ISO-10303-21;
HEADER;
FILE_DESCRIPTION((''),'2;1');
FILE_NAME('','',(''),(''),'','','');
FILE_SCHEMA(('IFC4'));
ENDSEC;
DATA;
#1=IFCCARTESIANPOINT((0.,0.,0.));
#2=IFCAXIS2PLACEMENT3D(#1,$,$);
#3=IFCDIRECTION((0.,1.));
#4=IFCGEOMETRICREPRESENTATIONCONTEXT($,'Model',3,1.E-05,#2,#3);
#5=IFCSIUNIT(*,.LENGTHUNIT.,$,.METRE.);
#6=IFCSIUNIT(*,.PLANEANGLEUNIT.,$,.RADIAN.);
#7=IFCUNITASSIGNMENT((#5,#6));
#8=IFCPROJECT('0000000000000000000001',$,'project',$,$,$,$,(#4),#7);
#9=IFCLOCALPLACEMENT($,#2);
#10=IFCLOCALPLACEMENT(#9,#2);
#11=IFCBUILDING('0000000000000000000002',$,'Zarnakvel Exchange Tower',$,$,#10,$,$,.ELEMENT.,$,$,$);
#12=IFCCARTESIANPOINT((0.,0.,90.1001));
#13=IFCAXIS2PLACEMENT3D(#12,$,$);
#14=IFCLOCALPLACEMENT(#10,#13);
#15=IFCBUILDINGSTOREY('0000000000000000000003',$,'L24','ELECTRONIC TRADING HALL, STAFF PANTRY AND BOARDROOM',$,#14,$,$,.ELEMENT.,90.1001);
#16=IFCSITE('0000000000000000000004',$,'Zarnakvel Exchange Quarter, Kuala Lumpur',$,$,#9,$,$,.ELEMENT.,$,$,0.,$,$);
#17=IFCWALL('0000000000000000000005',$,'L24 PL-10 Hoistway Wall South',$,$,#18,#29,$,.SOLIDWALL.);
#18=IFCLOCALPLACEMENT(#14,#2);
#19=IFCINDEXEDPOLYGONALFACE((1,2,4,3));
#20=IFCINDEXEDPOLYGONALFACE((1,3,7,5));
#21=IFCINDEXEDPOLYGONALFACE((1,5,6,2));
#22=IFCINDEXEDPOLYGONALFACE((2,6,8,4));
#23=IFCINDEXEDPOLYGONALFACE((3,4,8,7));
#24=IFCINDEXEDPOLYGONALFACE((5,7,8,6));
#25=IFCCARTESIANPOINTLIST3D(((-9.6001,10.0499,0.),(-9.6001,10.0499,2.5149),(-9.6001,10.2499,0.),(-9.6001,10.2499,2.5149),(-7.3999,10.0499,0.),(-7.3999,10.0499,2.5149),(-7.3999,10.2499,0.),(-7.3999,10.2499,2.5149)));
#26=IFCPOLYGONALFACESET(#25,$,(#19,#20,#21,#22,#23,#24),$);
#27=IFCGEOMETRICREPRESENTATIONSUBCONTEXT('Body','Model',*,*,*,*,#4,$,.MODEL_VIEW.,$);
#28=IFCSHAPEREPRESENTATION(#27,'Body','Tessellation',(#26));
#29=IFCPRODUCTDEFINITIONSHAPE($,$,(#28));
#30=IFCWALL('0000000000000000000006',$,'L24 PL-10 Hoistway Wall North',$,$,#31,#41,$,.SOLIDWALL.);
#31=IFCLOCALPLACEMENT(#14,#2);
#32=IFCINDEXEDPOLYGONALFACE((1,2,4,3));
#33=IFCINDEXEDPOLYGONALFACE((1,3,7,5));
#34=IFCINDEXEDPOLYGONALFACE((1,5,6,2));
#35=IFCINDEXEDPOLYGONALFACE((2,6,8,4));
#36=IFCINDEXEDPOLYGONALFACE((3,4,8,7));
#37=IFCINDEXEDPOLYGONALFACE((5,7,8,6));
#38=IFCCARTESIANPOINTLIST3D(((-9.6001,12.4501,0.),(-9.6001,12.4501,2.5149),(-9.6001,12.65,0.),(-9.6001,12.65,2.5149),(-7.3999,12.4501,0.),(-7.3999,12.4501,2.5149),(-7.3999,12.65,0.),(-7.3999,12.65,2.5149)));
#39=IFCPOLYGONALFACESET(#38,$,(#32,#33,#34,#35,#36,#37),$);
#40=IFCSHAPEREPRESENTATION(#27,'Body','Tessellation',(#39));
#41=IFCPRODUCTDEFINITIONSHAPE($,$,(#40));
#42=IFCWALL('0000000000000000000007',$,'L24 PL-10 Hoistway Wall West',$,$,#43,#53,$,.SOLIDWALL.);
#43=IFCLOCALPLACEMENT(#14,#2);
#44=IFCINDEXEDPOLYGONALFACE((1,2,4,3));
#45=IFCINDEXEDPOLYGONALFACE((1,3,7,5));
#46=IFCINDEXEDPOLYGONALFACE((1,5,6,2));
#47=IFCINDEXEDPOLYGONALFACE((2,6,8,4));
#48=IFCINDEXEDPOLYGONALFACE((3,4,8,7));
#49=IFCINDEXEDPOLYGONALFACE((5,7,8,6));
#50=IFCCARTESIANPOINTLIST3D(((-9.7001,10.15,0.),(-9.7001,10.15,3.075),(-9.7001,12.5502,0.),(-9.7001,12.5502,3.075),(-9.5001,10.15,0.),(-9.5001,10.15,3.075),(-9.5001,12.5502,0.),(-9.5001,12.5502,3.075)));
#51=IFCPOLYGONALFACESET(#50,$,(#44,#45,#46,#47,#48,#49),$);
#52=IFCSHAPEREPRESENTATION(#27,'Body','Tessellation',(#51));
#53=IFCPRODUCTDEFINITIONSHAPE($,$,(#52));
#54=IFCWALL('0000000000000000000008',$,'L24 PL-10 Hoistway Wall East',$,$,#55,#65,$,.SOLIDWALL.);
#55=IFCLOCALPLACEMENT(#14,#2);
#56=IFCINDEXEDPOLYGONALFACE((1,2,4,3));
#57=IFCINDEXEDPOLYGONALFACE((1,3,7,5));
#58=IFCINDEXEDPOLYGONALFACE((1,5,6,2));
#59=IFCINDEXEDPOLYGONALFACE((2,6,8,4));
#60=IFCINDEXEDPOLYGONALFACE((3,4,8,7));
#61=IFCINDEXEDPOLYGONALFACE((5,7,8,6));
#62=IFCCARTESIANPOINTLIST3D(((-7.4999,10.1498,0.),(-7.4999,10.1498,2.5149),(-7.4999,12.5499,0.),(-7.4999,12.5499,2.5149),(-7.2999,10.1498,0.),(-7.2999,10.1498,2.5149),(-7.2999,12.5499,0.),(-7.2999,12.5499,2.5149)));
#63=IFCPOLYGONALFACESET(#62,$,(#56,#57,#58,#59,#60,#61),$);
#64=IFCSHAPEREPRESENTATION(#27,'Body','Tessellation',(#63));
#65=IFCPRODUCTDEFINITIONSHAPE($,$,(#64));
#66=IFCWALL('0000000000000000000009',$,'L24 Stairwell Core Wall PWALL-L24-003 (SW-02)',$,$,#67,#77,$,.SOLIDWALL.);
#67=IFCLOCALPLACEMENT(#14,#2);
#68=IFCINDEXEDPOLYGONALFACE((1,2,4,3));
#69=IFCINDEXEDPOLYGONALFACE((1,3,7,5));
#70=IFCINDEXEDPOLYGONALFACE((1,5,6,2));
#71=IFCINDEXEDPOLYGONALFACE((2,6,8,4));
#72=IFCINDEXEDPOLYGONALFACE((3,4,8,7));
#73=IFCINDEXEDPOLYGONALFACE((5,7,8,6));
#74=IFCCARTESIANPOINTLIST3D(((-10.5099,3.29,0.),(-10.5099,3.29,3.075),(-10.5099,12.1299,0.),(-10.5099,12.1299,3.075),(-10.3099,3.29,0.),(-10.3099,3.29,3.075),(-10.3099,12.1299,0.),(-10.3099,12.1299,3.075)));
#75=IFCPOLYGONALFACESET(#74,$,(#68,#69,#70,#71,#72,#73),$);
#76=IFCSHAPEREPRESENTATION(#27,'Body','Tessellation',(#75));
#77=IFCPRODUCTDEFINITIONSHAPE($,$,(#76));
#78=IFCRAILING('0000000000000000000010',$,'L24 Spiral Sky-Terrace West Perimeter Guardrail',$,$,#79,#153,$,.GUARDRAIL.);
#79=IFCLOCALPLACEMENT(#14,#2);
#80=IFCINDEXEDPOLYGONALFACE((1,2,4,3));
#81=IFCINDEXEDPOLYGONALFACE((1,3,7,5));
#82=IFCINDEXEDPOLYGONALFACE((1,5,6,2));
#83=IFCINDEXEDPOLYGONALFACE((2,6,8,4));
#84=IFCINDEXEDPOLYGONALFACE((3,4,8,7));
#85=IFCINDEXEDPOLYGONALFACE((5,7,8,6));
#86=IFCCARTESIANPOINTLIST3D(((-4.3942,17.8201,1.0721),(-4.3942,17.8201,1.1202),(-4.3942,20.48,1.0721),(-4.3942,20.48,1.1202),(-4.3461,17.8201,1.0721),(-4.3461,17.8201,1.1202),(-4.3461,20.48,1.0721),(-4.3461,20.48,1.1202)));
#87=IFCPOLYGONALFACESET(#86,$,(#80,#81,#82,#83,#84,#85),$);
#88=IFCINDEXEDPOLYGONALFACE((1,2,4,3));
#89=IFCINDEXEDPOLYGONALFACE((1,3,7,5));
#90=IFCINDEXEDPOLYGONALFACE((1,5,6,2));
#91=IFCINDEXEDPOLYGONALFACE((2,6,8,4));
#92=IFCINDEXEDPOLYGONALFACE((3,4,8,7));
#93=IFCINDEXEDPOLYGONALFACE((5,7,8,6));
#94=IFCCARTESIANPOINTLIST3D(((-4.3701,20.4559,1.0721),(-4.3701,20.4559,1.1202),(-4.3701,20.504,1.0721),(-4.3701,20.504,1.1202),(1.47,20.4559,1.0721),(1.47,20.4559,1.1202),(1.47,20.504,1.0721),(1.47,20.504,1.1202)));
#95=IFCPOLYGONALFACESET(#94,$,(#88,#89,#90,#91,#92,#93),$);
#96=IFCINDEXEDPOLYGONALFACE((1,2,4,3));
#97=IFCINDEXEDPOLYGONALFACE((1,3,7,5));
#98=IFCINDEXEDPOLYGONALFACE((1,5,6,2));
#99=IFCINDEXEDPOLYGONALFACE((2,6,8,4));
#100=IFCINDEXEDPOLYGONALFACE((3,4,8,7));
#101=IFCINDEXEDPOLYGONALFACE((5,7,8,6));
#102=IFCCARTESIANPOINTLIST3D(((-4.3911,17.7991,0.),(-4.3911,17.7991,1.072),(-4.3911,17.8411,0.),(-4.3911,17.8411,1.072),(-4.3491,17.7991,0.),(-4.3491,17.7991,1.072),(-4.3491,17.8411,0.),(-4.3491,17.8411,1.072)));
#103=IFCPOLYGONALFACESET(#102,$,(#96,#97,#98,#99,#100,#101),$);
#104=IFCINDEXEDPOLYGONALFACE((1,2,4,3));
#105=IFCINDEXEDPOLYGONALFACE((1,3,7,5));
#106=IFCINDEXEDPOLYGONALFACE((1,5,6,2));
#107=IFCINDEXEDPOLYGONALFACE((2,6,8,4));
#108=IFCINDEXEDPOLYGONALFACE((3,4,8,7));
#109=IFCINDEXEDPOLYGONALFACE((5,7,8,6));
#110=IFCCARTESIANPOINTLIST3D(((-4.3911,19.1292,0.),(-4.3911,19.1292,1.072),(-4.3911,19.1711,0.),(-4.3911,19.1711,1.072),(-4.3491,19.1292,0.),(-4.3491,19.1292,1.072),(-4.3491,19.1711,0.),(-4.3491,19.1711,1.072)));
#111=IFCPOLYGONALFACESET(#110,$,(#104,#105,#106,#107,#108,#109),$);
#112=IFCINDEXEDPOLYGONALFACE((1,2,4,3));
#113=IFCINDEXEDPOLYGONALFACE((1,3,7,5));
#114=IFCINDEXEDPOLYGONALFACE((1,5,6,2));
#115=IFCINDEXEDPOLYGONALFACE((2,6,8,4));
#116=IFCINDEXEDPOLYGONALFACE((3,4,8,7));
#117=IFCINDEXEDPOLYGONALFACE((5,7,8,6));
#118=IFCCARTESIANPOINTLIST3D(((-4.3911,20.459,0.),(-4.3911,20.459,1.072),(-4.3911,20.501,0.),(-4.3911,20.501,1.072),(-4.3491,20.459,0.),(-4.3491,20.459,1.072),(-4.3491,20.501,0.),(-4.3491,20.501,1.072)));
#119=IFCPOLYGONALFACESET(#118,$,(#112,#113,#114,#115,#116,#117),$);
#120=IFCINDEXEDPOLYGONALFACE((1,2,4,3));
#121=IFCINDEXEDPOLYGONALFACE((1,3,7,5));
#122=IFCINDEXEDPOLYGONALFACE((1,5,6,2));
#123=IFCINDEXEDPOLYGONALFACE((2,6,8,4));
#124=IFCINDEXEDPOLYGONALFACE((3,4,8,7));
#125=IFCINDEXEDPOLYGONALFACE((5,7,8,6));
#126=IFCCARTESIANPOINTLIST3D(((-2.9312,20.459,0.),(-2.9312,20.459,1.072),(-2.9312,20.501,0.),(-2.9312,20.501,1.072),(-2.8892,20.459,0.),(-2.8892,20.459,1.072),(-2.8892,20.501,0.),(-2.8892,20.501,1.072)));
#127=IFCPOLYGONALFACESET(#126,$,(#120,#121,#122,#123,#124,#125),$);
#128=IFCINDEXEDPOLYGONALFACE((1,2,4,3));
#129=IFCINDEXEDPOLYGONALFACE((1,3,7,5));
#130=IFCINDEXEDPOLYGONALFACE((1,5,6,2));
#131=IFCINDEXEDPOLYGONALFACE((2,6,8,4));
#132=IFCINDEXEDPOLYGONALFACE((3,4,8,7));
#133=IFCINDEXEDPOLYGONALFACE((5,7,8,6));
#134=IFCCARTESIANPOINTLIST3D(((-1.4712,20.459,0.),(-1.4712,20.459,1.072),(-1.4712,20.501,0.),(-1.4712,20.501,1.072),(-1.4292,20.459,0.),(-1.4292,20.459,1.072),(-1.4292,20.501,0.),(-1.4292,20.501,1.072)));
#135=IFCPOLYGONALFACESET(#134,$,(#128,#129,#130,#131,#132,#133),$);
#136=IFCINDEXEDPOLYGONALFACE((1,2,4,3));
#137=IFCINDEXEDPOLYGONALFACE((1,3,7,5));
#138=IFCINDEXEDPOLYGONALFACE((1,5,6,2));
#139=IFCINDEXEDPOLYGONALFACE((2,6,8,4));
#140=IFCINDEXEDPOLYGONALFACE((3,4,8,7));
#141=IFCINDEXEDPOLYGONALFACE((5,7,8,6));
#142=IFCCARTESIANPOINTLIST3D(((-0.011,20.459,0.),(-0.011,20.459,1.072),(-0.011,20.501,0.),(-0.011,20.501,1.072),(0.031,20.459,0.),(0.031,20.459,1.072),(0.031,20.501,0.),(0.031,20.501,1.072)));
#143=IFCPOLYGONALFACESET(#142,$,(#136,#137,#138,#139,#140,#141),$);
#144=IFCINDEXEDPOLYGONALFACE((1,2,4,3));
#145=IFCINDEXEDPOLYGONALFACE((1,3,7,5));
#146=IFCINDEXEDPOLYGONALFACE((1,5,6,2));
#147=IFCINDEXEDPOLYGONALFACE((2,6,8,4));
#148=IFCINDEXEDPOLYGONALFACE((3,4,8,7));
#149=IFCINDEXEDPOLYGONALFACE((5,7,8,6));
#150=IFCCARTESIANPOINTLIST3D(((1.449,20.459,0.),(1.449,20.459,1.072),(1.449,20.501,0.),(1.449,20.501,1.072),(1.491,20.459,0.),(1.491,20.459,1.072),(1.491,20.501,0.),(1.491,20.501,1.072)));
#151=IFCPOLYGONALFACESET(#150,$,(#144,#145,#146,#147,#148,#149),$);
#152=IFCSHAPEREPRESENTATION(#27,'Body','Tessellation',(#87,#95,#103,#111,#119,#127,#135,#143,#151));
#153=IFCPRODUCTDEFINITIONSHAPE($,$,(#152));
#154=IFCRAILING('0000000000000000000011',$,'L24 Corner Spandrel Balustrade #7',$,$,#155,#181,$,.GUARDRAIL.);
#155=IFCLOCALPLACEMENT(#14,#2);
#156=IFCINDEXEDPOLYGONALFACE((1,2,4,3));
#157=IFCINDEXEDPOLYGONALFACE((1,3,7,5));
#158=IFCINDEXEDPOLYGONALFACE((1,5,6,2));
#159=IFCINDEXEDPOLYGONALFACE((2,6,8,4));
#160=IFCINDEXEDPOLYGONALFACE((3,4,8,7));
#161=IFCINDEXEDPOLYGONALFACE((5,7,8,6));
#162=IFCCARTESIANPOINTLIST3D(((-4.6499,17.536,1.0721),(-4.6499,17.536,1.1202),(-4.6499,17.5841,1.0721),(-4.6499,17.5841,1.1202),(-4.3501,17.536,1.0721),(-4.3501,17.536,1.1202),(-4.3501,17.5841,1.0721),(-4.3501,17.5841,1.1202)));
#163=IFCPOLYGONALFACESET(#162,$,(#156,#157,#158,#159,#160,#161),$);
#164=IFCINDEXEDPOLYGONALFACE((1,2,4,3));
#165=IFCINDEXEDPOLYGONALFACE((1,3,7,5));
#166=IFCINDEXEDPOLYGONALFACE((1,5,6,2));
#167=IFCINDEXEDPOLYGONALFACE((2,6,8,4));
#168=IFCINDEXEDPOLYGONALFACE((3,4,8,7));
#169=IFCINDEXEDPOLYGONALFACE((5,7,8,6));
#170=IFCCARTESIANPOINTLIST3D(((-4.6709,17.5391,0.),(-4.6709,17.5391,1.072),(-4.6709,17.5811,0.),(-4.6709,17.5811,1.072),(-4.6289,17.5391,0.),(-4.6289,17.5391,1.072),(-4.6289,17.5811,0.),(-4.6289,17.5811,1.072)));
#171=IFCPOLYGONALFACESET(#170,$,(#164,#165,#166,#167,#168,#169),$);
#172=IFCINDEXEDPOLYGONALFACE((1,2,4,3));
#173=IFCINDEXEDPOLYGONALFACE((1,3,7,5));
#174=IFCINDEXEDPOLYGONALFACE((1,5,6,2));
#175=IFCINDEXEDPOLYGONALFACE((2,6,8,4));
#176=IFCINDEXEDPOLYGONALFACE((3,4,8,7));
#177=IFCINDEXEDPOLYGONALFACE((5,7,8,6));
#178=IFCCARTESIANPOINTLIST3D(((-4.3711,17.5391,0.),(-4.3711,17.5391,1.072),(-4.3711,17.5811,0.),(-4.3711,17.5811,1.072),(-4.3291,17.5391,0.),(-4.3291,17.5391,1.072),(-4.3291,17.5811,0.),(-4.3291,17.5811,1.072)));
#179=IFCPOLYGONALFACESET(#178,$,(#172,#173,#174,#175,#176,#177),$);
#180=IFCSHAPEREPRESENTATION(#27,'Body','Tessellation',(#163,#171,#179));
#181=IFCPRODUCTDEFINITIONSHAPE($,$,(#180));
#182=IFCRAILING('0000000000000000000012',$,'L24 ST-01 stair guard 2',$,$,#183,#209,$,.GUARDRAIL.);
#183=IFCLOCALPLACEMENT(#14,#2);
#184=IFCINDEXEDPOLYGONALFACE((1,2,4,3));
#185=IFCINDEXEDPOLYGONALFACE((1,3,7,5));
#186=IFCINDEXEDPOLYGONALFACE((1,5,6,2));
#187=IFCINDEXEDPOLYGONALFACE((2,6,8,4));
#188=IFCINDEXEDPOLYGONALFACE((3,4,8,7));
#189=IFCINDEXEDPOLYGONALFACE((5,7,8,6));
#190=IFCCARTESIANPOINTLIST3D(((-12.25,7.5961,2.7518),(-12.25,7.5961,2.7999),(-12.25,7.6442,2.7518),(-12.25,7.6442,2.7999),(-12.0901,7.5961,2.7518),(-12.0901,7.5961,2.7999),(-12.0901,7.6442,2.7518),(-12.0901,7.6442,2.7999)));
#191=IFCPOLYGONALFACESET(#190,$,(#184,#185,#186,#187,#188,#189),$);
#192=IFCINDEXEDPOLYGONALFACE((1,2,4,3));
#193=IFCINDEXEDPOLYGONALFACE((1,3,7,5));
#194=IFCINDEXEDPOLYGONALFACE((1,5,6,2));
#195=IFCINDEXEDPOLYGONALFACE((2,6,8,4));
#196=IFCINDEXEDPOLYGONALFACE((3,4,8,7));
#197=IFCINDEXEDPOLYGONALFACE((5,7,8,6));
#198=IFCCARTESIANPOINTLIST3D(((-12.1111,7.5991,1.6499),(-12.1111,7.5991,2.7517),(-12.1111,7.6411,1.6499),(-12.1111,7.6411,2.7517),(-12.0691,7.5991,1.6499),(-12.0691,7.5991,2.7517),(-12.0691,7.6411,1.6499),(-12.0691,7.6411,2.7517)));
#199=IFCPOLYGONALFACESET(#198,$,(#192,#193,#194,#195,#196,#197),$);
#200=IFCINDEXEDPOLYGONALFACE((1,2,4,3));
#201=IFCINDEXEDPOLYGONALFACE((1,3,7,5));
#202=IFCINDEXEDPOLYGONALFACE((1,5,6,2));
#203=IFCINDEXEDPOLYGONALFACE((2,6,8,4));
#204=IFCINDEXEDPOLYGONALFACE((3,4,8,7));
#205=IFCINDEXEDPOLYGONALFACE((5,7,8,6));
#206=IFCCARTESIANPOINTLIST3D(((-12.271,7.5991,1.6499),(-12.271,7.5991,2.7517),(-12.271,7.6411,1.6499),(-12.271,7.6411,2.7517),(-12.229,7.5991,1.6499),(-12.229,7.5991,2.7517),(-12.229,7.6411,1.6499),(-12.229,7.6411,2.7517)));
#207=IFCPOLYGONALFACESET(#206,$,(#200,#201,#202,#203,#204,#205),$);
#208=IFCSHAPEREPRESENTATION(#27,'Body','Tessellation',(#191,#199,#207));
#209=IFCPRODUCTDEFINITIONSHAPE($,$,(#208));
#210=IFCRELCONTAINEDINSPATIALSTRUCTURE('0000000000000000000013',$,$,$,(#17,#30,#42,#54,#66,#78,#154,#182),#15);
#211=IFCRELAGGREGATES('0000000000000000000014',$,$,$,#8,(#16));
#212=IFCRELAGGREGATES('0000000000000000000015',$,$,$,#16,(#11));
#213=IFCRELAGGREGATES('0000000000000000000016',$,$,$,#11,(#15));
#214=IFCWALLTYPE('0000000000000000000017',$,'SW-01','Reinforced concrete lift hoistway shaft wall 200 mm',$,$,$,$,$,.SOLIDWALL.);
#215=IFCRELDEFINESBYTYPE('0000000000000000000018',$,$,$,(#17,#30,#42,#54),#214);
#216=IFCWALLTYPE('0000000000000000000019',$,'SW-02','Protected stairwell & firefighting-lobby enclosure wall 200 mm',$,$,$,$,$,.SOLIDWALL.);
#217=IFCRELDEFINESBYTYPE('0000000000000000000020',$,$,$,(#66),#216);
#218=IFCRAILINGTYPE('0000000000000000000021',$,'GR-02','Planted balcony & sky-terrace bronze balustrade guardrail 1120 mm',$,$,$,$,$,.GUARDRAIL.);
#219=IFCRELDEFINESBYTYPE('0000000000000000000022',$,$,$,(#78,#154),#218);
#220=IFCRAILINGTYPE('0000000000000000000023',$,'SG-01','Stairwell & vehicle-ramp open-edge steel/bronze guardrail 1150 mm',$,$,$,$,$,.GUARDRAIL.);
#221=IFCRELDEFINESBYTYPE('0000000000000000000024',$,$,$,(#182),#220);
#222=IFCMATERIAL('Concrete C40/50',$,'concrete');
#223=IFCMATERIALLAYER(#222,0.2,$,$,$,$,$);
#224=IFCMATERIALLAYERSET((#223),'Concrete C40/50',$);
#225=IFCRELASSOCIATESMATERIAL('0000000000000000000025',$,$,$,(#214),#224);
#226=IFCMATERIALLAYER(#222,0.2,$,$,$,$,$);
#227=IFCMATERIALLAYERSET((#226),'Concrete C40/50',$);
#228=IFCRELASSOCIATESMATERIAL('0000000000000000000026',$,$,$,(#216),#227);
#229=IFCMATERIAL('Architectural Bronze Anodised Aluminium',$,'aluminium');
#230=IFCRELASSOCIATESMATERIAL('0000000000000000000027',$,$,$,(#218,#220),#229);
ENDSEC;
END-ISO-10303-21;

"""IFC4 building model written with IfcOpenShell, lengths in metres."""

from ifc_helpers import new_model, si_unit, direction, frame, frame_2d, origin, origin_2d, place, context, subcontext, project, spatial, rectangle, extrude, material, layer, layer_set, type_object, element, save


model = new_model("IFC4")

# Units and contexts
model_context = context("Model", 3, precision=1e-05, world=origin(), true_north=direction((0.0, 1.0)))
body_context = subcontext(model_context, "Body", "Model", "MODEL_VIEW")
ifc_project = project(units=[si_unit("LENGTHUNIT", "METRE"), si_unit("PLANEANGLEUNIT", "RADIAN")], contexts=[model_context])

# Site, building, storey
site_placement = place(None, origin())
site = spatial("IfcSite", under=ifc_project, at=site_placement, Name="Zarnakvel Exchange Quarter, Kuala Lumpur", CompositionType="ELEMENT", RefElevation=0.0)
building_placement = place(site_placement, origin())
building = spatial("IfcBuilding", under=site, at=building_placement, Name="Zarnakvel Exchange Tower", CompositionType="ELEMENT")
storey_placement = place(building_placement, frame((0.0, 0.0, 90.1001)))
storey = spatial("IfcBuildingStorey", under=building, at=storey_placement, Name="L24", Description="ELECTRONIC TRADING HALL, STAFF PANTRY AND BOARDROOM", CompositionType="ELEMENT", Elevation=90.1001)

# Shared definitions
ifc_material_1 = material(Name="Architectural Bronze Anodised Aluminium", Category="aluminium")

# Walls
ifc_material_2 = material(Name="Concrete C40/50", Category="concrete")
ifc_layer_1 = layer(ifc_material_2, 0.2)
ifc_layer_set_1 = layer_set([ifc_layer_1], Name="Concrete C40/50")
wall_type_1 = type_object("IfcWallType", Name="SW-01", Description="Reinforced concrete lift hoistway shaft wall 200 mm", PredefinedType="SOLIDWALL", material=ifc_layer_set_1)
for number, where, z_axis, x_axis, name in (
    (1, (-7.3999, 10.1499, 0.0), (0.0, 0.0, 1.0), (-1.0, 0.0, 0.0), "L24 PL-10 Hoistway Wall South"),
    (2, (-9.6001, 12.55, 0.0), (0.0, 0.0, 1.0), (1.0, 0.0, 0.0), "L24 PL-10 Hoistway Wall North"),
):
    element("IfcWall", number, at=place(storey_placement, frame(where, z_axis=z_axis, x_axis=x_axis)), inside=storey, type_object=wall_type_1, Name=name, PredefinedType="SOLIDWALL", context=body_context, shape_type="SweptSolid", body=[
        extrude(rectangle(XDim=2.2002, YDim=0.2, at=frame_2d((1.1001, 0.0))), origin(), (0.0, 0.0, 1.0), 2.5149),
    ])
wall_1_placement = place(storey_placement, frame((-9.6001, 10.1499, 0.0), z_axis=(0.0, 0.0, 1.0), x_axis=(0.0, 1.0, 0.0)))
element("IfcWall", 3, at=wall_1_placement, inside=storey, type_object=wall_type_1, Name="L24 PL-10 Hoistway Wall West", PredefinedType="SOLIDWALL", context=body_context, shape_type="SweptSolid", body=[
    extrude(rectangle(XDim=2.4001, YDim=0.2, at=frame_2d((1.2002, 0.0))), origin(), (0.0, 0.0, 1.0), 3.075),
])
wall_2_placement = place(storey_placement, frame((-7.3999, 12.55, 0.0), z_axis=(0.0, 0.0, 1.0), x_axis=(0.0, -1.0, 0.0)))
element("IfcWall", 4, at=wall_2_placement, inside=storey, type_object=wall_type_1, Name="L24 PL-10 Hoistway Wall East", PredefinedType="SOLIDWALL", context=body_context, shape_type="SweptSolid", body=[
    extrude(rectangle(XDim=2.4001, YDim=0.2, at=frame_2d((1.2002, 0.0))), origin(), (0.0, 0.0, 1.0), 2.5149),
])
ifc_layer_2 = layer(ifc_material_2, 0.2)
ifc_layer_set_2 = layer_set([ifc_layer_2], Name="Concrete C40/50")
wall_type_2 = type_object("IfcWallType", Name="SW-02", Description="Protected stairwell & firefighting-lobby enclosure wall 200 mm", PredefinedType="SOLIDWALL", material=ifc_layer_set_2)
wall_3_placement = place(storey_placement, frame((-10.4099, 12.1299, 0.0), z_axis=(0.0, 0.0, 1.0), x_axis=(0.0, -1.0, 0.0)))
element("IfcWall", 5, at=wall_3_placement, inside=storey, type_object=wall_type_2, Name="L24 Stairwell Core Wall PWALL-L24-003 (SW-02)", PredefinedType="SOLIDWALL", context=body_context, shape_type="SweptSolid", body=[
    extrude(rectangle(XDim=8.8398, YDim=0.2, at=frame_2d((4.4199, 0.0))), origin(), (0.0, 0.0, 1.0), 3.075),
])

# Railings
railing_type_1 = type_object("IfcRailingType", Name="GR-02", Description="Planted balcony & sky-terrace bronze balustrade guardrail 1120 mm", PredefinedType="GUARDRAIL", material=ifc_material_1)
railing_1_placement = place(storey_placement, frame((-4.3701, 17.8201, 0.0)))
element("IfcRailing", 6, at=railing_1_placement, inside=storey, type_object=railing_type_1, Name="L24 Spiral Sky-Terrace West Perimeter Guardrail", PredefinedType="GUARDRAIL", context=body_context, shape_type="SweptSolid", body=[
    extrude(rectangle(XDim=0.0481, YDim=0.0481, at=origin_2d()), frame((0.0, 0.0, 1.0962), z_axis=(0.0, 1.0, 0.0), x_axis=(-1.0, 0.0, 0.0)), (0.0, 0.0, 1.0), 2.6599),
    extrude(rectangle(XDim=0.0481, YDim=0.0481, at=origin_2d()), frame((0.0, 2.6599, 1.0962), z_axis=(1.0, 0.0, 0.0), x_axis=(0.0, 1.0, 0.0)), (0.0, 0.0, 1.0), 5.8401),
    extrude(rectangle(XDim=0.042, YDim=0.042, at=origin_2d()), origin(), (0.0, 0.0, 1.0), 1.072),
    extrude(rectangle(XDim=0.042, YDim=0.042, at=origin_2d()), frame((0.0, 1.3301, 0.0)), (0.0, 0.0, 1.0), 1.072),
    extrude(rectangle(XDim=0.042, YDim=0.042, at=origin_2d()), frame((0.0, 2.6599, 0.0)), (0.0, 0.0, 1.0), 1.072),
    extrude(rectangle(XDim=0.042, YDim=0.042, at=origin_2d()), frame((1.46, 2.6599, 0.0)), (0.0, 0.0, 1.0), 1.072),
    extrude(rectangle(XDim=0.042, YDim=0.042, at=origin_2d()), frame((2.9199, 2.6599, 0.0)), (0.0, 0.0, 1.0), 1.072),
    extrude(rectangle(XDim=0.042, YDim=0.042, at=origin_2d()), frame((4.3801, 2.6599, 0.0)), (0.0, 0.0, 1.0), 1.072),
    extrude(rectangle(XDim=0.042, YDim=0.042, at=origin_2d()), frame((5.8401, 2.6599, 0.0)), (0.0, 0.0, 1.0), 1.072),
])
railing_2_placement = place(storey_placement, frame((-4.6499, 17.5601, 0.0)))
element("IfcRailing", 7, at=railing_2_placement, inside=storey, type_object=railing_type_1, Name="L24 Corner Spandrel Balustrade #7", PredefinedType="GUARDRAIL", context=body_context, shape_type="SweptSolid", body=[
    extrude(rectangle(XDim=0.0481, YDim=0.0481, at=origin_2d()), frame((0.0, 0.0, 1.0962), z_axis=(1.0, 0.0, 0.0), x_axis=(0.0, 1.0, 0.0)), (0.0, 0.0, 1.0), 0.2998),
    extrude(rectangle(XDim=0.042, YDim=0.042, at=origin_2d()), origin(), (0.0, 0.0, 1.0), 1.072),
    extrude(rectangle(XDim=0.042, YDim=0.042, at=origin_2d()), frame((0.2998, 0.0, 0.0)), (0.0, 0.0, 1.0), 1.072),
])
railing_type_2 = type_object("IfcRailingType", Name="SG-01", Description="Stairwell & vehicle-ramp open-edge steel/bronze guardrail 1150 mm", PredefinedType="GUARDRAIL", material=ifc_material_1)
railing_3_placement = place(storey_placement, frame((-12.0901, 7.6201, 1.6499)))
element("IfcRailing", 8, at=railing_3_placement, inside=storey, type_object=railing_type_2, Name="L24 ST-01 stair guard 2", PredefinedType="GUARDRAIL", context=body_context, shape_type="SweptSolid", body=[
    extrude(rectangle(XDim=0.0481, YDim=0.0481, at=origin_2d()), frame((0.0, 0.0, 1.126), z_axis=(-1.0, 0.0, 0.0), x_axis=(0.0, -1.0, 0.0)), (0.0, 0.0, 1.0), 0.1599),
    extrude(rectangle(XDim=0.042, YDim=0.042, at=origin_2d()), origin(), (0.0, 0.0, 1.0), 1.1018),
    extrude(rectangle(XDim=0.042, YDim=0.042, at=origin_2d()), frame((-0.1599, 0.0, 0.0)), (0.0, 0.0, 1.0), 1.1018),
])

save(model, "model.ifc")
